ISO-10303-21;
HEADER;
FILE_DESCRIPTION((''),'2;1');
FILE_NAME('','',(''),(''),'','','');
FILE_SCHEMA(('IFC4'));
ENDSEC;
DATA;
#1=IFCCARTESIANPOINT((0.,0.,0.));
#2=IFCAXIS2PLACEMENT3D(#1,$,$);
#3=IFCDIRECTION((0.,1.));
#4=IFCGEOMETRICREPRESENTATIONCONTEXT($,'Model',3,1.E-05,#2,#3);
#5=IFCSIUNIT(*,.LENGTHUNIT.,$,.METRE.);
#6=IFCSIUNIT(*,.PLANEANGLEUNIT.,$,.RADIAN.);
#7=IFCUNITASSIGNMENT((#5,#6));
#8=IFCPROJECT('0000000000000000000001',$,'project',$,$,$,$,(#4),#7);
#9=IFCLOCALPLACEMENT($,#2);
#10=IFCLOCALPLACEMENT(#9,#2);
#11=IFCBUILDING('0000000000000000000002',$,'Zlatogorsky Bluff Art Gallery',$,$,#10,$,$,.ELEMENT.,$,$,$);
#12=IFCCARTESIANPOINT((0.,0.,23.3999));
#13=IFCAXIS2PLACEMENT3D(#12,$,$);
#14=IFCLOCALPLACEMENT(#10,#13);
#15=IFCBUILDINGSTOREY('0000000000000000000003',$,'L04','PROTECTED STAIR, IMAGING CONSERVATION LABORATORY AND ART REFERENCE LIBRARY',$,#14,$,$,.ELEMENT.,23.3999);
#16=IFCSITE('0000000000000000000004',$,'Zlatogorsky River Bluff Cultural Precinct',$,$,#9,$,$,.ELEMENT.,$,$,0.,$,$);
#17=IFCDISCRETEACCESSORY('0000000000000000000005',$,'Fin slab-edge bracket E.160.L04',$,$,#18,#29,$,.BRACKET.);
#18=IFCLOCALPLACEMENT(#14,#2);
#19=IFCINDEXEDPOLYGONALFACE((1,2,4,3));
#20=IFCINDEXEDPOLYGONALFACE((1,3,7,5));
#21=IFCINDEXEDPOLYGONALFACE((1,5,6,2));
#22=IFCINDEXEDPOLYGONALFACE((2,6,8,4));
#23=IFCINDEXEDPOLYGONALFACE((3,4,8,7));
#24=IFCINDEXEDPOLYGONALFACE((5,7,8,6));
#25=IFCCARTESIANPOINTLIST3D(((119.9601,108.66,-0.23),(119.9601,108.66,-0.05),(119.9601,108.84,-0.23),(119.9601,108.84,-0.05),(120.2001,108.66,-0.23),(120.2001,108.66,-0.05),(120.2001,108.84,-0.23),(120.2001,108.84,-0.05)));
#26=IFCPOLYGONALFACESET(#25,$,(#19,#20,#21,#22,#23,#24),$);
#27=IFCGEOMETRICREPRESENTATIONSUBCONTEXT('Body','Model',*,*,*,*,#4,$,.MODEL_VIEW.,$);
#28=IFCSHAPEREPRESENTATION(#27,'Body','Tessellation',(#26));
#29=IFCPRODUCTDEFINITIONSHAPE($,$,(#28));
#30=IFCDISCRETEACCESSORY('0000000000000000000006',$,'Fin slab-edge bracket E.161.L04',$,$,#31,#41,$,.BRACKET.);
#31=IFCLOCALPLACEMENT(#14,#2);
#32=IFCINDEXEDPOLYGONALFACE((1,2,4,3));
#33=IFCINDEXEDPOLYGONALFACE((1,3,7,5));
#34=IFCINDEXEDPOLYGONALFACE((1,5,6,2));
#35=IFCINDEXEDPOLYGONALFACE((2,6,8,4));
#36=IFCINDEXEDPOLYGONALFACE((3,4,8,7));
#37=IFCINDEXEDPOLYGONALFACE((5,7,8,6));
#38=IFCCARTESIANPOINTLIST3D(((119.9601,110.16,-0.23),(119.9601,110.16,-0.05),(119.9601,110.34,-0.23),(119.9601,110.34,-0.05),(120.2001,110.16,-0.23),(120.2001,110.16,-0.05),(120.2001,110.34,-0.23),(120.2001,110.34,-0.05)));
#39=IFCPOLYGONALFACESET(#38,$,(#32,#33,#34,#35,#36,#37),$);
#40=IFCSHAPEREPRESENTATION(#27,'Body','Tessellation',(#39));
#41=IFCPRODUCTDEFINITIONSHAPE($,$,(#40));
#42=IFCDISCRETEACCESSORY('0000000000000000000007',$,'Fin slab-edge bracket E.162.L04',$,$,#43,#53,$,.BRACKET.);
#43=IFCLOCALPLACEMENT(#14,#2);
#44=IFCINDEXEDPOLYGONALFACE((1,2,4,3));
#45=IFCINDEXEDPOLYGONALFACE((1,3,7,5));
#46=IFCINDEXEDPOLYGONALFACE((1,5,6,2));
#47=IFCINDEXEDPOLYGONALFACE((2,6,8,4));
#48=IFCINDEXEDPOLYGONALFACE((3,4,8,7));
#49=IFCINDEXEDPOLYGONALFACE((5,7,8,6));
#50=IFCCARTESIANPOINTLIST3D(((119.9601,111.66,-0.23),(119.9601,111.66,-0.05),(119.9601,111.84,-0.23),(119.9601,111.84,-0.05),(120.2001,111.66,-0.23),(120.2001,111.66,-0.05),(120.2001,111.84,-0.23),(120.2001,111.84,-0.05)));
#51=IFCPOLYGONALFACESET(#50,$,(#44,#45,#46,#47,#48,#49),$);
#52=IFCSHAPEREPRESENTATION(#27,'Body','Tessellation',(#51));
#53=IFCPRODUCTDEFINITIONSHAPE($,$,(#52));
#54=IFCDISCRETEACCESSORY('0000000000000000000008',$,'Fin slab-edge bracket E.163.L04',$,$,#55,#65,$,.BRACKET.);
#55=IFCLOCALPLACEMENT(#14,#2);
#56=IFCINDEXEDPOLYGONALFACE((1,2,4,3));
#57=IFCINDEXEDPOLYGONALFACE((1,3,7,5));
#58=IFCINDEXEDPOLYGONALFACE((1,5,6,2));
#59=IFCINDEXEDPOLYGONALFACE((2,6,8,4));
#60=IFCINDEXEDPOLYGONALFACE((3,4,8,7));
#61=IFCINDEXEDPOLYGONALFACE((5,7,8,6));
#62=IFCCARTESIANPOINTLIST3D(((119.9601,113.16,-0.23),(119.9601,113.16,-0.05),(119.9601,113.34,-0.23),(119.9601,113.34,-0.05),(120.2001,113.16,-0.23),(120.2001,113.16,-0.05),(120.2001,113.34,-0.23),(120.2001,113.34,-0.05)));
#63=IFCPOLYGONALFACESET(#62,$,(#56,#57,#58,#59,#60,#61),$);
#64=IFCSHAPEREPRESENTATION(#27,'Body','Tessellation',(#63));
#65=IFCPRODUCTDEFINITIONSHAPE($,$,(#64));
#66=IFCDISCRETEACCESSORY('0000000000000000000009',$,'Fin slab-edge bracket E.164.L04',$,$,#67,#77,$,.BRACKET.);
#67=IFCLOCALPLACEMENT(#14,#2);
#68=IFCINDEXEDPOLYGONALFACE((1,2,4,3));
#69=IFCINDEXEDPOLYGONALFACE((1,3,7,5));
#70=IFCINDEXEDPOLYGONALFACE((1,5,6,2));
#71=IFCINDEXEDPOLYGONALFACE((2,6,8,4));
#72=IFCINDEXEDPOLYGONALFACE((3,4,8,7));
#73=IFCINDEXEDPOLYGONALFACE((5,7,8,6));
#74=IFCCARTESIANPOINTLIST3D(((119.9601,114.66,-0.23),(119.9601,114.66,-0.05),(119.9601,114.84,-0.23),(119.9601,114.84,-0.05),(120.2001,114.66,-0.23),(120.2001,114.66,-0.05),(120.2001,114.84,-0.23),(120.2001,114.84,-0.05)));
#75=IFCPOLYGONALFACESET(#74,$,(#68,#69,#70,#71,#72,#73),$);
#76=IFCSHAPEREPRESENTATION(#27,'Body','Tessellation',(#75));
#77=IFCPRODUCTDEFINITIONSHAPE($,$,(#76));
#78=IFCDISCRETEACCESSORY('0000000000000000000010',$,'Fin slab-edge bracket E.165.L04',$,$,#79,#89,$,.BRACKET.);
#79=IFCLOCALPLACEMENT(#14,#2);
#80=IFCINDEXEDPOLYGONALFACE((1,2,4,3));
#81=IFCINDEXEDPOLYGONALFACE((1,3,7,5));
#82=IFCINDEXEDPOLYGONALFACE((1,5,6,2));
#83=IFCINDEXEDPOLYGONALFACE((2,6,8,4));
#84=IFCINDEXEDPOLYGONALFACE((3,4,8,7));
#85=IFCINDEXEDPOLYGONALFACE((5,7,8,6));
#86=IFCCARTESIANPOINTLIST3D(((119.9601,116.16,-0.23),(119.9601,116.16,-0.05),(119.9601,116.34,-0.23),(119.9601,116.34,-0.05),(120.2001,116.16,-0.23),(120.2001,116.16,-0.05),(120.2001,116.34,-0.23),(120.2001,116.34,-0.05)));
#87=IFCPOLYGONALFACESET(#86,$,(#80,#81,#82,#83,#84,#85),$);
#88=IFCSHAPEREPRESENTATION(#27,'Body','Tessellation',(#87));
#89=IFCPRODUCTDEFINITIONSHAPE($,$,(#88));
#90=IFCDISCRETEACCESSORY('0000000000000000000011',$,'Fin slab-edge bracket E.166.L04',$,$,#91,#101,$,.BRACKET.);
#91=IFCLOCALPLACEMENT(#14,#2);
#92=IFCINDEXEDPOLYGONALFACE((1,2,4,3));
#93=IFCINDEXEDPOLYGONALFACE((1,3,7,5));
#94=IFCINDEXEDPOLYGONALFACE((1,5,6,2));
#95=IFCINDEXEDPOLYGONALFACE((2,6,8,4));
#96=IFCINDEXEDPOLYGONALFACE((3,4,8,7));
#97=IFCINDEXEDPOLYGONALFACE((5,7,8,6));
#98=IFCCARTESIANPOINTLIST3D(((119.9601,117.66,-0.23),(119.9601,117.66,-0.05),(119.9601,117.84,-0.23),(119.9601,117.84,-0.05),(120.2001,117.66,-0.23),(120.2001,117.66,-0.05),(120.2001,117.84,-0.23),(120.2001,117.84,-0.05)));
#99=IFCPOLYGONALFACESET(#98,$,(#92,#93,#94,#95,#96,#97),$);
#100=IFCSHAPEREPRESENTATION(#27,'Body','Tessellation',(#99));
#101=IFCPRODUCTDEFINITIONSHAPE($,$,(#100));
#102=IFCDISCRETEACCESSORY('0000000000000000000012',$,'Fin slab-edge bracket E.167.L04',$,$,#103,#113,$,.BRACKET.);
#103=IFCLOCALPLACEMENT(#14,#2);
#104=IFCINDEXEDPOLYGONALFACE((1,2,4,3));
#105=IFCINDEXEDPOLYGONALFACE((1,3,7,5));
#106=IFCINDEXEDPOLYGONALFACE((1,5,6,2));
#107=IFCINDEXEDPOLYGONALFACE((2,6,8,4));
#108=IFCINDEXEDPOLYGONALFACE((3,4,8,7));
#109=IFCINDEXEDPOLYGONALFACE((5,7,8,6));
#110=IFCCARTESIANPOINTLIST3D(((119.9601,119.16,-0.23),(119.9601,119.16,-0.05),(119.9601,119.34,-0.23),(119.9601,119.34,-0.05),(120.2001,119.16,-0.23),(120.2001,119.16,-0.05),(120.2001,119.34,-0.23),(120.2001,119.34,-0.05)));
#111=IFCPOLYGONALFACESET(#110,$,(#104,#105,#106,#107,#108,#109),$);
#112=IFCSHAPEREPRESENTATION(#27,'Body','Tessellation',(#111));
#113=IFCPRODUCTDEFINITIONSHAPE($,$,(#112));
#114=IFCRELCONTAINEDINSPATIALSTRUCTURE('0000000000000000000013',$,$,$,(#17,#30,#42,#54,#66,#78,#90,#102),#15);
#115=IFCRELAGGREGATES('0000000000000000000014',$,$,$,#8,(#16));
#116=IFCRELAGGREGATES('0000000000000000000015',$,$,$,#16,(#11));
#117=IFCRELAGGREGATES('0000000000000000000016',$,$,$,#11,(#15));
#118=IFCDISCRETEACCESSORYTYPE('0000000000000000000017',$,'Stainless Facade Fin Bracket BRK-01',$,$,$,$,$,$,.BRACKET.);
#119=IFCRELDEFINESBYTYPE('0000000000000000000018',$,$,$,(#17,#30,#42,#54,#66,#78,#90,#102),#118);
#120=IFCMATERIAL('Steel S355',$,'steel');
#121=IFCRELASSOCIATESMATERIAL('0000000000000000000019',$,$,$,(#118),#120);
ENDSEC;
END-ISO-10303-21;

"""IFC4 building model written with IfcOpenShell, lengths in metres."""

from ifc_helpers import new_model, si_unit, direction, frame, origin, origin_2d, place, context, subcontext, project, spatial, rectangle, extrude, material, type_object, element, save


model = new_model("IFC4")

# Units and contexts
model_context = context("Model", 3, precision=1e-05, world=origin(), true_north=direction((0.0, 1.0)))
body_context = subcontext(model_context, "Body", "Model", "MODEL_VIEW")
ifc_project = project(units=[si_unit("LENGTHUNIT", "METRE"), si_unit("PLANEANGLEUNIT", "RADIAN")], contexts=[model_context])

# Site, building, storey
site_placement = place(None, origin())
site = spatial("IfcSite", under=ifc_project, at=site_placement, Name="Zlatogorsky River Bluff Cultural Precinct", CompositionType="ELEMENT", RefElevation=0.0)
building_placement = place(site_placement, origin())
building = spatial("IfcBuilding", under=site, at=building_placement, Name="Zlatogorsky Bluff Art Gallery", CompositionType="ELEMENT")
storey_placement = place(building_placement, frame((0.0, 0.0, 23.3999)))
storey = spatial("IfcBuildingStorey", under=building, at=storey_placement, Name="L04", Description="PROTECTED STAIR, IMAGING CONSERVATION LABORATORY AND ART REFERENCE LIBRARY", CompositionType="ELEMENT", Elevation=23.3999)

# Shared definitions
ifc_material_1 = material(Name="Steel S355", Category="steel")

# Discrete accessories
discrete_accessory_type = type_object("IfcDiscreteAccessoryType", Name="Stainless Facade Fin Bracket BRK-01", PredefinedType="BRACKET", material=ifc_material_1)
for number, where, z_axis, x_axis, name in (
    (1, (120.0801, 108.75, -0.23), (0.0, 0.0, 1.0), (1.0, 0.0, 0.0), "Fin slab-edge bracket E.160.L04"),
    (2, (120.0801, 110.25, -0.23), (0.0, 0.0, 1.0), (1.0, 0.0, 0.0), "Fin slab-edge bracket E.161.L04"),
    (3, (120.0801, 111.75, -0.23), (0.0, 0.0, 1.0), (1.0, 0.0, 0.0), "Fin slab-edge bracket E.162.L04"),
    (4, (120.0801, 113.25, -0.23), (0.0, 0.0, 1.0), (1.0, 0.0, 0.0), "Fin slab-edge bracket E.163.L04"),
    (5, (120.0801, 114.75, -0.23), (0.0, 0.0, 1.0), (1.0, 0.0, 0.0), "Fin slab-edge bracket E.164.L04"),
    (6, (120.0801, 116.25, -0.23), (0.0, 0.0, 1.0), (1.0, 0.0, 0.0), "Fin slab-edge bracket E.165.L04"),
    (7, (120.0801, 117.75, -0.23), (0.0, 0.0, 1.0), (1.0, 0.0, 0.0), "Fin slab-edge bracket E.166.L04"),
    (8, (120.0801, 119.25, -0.23), (0.0, 0.0, 1.0), (1.0, 0.0, 0.0), "Fin slab-edge bracket E.167.L04"),
):
    element("IfcDiscreteAccessory", number, at=place(storey_placement, frame(where, z_axis=z_axis, x_axis=x_axis)), inside=storey, type_object=discrete_accessory_type, Name=name, PredefinedType="BRACKET", context=body_context, shape_type="SweptSolid", body=[
        extrude(rectangle(XDim=0.24, YDim=0.1799, at=origin_2d()), origin(), (0.0, 0.0, 1.0), 0.1799),
    ])

save(model, "model.ifc")
